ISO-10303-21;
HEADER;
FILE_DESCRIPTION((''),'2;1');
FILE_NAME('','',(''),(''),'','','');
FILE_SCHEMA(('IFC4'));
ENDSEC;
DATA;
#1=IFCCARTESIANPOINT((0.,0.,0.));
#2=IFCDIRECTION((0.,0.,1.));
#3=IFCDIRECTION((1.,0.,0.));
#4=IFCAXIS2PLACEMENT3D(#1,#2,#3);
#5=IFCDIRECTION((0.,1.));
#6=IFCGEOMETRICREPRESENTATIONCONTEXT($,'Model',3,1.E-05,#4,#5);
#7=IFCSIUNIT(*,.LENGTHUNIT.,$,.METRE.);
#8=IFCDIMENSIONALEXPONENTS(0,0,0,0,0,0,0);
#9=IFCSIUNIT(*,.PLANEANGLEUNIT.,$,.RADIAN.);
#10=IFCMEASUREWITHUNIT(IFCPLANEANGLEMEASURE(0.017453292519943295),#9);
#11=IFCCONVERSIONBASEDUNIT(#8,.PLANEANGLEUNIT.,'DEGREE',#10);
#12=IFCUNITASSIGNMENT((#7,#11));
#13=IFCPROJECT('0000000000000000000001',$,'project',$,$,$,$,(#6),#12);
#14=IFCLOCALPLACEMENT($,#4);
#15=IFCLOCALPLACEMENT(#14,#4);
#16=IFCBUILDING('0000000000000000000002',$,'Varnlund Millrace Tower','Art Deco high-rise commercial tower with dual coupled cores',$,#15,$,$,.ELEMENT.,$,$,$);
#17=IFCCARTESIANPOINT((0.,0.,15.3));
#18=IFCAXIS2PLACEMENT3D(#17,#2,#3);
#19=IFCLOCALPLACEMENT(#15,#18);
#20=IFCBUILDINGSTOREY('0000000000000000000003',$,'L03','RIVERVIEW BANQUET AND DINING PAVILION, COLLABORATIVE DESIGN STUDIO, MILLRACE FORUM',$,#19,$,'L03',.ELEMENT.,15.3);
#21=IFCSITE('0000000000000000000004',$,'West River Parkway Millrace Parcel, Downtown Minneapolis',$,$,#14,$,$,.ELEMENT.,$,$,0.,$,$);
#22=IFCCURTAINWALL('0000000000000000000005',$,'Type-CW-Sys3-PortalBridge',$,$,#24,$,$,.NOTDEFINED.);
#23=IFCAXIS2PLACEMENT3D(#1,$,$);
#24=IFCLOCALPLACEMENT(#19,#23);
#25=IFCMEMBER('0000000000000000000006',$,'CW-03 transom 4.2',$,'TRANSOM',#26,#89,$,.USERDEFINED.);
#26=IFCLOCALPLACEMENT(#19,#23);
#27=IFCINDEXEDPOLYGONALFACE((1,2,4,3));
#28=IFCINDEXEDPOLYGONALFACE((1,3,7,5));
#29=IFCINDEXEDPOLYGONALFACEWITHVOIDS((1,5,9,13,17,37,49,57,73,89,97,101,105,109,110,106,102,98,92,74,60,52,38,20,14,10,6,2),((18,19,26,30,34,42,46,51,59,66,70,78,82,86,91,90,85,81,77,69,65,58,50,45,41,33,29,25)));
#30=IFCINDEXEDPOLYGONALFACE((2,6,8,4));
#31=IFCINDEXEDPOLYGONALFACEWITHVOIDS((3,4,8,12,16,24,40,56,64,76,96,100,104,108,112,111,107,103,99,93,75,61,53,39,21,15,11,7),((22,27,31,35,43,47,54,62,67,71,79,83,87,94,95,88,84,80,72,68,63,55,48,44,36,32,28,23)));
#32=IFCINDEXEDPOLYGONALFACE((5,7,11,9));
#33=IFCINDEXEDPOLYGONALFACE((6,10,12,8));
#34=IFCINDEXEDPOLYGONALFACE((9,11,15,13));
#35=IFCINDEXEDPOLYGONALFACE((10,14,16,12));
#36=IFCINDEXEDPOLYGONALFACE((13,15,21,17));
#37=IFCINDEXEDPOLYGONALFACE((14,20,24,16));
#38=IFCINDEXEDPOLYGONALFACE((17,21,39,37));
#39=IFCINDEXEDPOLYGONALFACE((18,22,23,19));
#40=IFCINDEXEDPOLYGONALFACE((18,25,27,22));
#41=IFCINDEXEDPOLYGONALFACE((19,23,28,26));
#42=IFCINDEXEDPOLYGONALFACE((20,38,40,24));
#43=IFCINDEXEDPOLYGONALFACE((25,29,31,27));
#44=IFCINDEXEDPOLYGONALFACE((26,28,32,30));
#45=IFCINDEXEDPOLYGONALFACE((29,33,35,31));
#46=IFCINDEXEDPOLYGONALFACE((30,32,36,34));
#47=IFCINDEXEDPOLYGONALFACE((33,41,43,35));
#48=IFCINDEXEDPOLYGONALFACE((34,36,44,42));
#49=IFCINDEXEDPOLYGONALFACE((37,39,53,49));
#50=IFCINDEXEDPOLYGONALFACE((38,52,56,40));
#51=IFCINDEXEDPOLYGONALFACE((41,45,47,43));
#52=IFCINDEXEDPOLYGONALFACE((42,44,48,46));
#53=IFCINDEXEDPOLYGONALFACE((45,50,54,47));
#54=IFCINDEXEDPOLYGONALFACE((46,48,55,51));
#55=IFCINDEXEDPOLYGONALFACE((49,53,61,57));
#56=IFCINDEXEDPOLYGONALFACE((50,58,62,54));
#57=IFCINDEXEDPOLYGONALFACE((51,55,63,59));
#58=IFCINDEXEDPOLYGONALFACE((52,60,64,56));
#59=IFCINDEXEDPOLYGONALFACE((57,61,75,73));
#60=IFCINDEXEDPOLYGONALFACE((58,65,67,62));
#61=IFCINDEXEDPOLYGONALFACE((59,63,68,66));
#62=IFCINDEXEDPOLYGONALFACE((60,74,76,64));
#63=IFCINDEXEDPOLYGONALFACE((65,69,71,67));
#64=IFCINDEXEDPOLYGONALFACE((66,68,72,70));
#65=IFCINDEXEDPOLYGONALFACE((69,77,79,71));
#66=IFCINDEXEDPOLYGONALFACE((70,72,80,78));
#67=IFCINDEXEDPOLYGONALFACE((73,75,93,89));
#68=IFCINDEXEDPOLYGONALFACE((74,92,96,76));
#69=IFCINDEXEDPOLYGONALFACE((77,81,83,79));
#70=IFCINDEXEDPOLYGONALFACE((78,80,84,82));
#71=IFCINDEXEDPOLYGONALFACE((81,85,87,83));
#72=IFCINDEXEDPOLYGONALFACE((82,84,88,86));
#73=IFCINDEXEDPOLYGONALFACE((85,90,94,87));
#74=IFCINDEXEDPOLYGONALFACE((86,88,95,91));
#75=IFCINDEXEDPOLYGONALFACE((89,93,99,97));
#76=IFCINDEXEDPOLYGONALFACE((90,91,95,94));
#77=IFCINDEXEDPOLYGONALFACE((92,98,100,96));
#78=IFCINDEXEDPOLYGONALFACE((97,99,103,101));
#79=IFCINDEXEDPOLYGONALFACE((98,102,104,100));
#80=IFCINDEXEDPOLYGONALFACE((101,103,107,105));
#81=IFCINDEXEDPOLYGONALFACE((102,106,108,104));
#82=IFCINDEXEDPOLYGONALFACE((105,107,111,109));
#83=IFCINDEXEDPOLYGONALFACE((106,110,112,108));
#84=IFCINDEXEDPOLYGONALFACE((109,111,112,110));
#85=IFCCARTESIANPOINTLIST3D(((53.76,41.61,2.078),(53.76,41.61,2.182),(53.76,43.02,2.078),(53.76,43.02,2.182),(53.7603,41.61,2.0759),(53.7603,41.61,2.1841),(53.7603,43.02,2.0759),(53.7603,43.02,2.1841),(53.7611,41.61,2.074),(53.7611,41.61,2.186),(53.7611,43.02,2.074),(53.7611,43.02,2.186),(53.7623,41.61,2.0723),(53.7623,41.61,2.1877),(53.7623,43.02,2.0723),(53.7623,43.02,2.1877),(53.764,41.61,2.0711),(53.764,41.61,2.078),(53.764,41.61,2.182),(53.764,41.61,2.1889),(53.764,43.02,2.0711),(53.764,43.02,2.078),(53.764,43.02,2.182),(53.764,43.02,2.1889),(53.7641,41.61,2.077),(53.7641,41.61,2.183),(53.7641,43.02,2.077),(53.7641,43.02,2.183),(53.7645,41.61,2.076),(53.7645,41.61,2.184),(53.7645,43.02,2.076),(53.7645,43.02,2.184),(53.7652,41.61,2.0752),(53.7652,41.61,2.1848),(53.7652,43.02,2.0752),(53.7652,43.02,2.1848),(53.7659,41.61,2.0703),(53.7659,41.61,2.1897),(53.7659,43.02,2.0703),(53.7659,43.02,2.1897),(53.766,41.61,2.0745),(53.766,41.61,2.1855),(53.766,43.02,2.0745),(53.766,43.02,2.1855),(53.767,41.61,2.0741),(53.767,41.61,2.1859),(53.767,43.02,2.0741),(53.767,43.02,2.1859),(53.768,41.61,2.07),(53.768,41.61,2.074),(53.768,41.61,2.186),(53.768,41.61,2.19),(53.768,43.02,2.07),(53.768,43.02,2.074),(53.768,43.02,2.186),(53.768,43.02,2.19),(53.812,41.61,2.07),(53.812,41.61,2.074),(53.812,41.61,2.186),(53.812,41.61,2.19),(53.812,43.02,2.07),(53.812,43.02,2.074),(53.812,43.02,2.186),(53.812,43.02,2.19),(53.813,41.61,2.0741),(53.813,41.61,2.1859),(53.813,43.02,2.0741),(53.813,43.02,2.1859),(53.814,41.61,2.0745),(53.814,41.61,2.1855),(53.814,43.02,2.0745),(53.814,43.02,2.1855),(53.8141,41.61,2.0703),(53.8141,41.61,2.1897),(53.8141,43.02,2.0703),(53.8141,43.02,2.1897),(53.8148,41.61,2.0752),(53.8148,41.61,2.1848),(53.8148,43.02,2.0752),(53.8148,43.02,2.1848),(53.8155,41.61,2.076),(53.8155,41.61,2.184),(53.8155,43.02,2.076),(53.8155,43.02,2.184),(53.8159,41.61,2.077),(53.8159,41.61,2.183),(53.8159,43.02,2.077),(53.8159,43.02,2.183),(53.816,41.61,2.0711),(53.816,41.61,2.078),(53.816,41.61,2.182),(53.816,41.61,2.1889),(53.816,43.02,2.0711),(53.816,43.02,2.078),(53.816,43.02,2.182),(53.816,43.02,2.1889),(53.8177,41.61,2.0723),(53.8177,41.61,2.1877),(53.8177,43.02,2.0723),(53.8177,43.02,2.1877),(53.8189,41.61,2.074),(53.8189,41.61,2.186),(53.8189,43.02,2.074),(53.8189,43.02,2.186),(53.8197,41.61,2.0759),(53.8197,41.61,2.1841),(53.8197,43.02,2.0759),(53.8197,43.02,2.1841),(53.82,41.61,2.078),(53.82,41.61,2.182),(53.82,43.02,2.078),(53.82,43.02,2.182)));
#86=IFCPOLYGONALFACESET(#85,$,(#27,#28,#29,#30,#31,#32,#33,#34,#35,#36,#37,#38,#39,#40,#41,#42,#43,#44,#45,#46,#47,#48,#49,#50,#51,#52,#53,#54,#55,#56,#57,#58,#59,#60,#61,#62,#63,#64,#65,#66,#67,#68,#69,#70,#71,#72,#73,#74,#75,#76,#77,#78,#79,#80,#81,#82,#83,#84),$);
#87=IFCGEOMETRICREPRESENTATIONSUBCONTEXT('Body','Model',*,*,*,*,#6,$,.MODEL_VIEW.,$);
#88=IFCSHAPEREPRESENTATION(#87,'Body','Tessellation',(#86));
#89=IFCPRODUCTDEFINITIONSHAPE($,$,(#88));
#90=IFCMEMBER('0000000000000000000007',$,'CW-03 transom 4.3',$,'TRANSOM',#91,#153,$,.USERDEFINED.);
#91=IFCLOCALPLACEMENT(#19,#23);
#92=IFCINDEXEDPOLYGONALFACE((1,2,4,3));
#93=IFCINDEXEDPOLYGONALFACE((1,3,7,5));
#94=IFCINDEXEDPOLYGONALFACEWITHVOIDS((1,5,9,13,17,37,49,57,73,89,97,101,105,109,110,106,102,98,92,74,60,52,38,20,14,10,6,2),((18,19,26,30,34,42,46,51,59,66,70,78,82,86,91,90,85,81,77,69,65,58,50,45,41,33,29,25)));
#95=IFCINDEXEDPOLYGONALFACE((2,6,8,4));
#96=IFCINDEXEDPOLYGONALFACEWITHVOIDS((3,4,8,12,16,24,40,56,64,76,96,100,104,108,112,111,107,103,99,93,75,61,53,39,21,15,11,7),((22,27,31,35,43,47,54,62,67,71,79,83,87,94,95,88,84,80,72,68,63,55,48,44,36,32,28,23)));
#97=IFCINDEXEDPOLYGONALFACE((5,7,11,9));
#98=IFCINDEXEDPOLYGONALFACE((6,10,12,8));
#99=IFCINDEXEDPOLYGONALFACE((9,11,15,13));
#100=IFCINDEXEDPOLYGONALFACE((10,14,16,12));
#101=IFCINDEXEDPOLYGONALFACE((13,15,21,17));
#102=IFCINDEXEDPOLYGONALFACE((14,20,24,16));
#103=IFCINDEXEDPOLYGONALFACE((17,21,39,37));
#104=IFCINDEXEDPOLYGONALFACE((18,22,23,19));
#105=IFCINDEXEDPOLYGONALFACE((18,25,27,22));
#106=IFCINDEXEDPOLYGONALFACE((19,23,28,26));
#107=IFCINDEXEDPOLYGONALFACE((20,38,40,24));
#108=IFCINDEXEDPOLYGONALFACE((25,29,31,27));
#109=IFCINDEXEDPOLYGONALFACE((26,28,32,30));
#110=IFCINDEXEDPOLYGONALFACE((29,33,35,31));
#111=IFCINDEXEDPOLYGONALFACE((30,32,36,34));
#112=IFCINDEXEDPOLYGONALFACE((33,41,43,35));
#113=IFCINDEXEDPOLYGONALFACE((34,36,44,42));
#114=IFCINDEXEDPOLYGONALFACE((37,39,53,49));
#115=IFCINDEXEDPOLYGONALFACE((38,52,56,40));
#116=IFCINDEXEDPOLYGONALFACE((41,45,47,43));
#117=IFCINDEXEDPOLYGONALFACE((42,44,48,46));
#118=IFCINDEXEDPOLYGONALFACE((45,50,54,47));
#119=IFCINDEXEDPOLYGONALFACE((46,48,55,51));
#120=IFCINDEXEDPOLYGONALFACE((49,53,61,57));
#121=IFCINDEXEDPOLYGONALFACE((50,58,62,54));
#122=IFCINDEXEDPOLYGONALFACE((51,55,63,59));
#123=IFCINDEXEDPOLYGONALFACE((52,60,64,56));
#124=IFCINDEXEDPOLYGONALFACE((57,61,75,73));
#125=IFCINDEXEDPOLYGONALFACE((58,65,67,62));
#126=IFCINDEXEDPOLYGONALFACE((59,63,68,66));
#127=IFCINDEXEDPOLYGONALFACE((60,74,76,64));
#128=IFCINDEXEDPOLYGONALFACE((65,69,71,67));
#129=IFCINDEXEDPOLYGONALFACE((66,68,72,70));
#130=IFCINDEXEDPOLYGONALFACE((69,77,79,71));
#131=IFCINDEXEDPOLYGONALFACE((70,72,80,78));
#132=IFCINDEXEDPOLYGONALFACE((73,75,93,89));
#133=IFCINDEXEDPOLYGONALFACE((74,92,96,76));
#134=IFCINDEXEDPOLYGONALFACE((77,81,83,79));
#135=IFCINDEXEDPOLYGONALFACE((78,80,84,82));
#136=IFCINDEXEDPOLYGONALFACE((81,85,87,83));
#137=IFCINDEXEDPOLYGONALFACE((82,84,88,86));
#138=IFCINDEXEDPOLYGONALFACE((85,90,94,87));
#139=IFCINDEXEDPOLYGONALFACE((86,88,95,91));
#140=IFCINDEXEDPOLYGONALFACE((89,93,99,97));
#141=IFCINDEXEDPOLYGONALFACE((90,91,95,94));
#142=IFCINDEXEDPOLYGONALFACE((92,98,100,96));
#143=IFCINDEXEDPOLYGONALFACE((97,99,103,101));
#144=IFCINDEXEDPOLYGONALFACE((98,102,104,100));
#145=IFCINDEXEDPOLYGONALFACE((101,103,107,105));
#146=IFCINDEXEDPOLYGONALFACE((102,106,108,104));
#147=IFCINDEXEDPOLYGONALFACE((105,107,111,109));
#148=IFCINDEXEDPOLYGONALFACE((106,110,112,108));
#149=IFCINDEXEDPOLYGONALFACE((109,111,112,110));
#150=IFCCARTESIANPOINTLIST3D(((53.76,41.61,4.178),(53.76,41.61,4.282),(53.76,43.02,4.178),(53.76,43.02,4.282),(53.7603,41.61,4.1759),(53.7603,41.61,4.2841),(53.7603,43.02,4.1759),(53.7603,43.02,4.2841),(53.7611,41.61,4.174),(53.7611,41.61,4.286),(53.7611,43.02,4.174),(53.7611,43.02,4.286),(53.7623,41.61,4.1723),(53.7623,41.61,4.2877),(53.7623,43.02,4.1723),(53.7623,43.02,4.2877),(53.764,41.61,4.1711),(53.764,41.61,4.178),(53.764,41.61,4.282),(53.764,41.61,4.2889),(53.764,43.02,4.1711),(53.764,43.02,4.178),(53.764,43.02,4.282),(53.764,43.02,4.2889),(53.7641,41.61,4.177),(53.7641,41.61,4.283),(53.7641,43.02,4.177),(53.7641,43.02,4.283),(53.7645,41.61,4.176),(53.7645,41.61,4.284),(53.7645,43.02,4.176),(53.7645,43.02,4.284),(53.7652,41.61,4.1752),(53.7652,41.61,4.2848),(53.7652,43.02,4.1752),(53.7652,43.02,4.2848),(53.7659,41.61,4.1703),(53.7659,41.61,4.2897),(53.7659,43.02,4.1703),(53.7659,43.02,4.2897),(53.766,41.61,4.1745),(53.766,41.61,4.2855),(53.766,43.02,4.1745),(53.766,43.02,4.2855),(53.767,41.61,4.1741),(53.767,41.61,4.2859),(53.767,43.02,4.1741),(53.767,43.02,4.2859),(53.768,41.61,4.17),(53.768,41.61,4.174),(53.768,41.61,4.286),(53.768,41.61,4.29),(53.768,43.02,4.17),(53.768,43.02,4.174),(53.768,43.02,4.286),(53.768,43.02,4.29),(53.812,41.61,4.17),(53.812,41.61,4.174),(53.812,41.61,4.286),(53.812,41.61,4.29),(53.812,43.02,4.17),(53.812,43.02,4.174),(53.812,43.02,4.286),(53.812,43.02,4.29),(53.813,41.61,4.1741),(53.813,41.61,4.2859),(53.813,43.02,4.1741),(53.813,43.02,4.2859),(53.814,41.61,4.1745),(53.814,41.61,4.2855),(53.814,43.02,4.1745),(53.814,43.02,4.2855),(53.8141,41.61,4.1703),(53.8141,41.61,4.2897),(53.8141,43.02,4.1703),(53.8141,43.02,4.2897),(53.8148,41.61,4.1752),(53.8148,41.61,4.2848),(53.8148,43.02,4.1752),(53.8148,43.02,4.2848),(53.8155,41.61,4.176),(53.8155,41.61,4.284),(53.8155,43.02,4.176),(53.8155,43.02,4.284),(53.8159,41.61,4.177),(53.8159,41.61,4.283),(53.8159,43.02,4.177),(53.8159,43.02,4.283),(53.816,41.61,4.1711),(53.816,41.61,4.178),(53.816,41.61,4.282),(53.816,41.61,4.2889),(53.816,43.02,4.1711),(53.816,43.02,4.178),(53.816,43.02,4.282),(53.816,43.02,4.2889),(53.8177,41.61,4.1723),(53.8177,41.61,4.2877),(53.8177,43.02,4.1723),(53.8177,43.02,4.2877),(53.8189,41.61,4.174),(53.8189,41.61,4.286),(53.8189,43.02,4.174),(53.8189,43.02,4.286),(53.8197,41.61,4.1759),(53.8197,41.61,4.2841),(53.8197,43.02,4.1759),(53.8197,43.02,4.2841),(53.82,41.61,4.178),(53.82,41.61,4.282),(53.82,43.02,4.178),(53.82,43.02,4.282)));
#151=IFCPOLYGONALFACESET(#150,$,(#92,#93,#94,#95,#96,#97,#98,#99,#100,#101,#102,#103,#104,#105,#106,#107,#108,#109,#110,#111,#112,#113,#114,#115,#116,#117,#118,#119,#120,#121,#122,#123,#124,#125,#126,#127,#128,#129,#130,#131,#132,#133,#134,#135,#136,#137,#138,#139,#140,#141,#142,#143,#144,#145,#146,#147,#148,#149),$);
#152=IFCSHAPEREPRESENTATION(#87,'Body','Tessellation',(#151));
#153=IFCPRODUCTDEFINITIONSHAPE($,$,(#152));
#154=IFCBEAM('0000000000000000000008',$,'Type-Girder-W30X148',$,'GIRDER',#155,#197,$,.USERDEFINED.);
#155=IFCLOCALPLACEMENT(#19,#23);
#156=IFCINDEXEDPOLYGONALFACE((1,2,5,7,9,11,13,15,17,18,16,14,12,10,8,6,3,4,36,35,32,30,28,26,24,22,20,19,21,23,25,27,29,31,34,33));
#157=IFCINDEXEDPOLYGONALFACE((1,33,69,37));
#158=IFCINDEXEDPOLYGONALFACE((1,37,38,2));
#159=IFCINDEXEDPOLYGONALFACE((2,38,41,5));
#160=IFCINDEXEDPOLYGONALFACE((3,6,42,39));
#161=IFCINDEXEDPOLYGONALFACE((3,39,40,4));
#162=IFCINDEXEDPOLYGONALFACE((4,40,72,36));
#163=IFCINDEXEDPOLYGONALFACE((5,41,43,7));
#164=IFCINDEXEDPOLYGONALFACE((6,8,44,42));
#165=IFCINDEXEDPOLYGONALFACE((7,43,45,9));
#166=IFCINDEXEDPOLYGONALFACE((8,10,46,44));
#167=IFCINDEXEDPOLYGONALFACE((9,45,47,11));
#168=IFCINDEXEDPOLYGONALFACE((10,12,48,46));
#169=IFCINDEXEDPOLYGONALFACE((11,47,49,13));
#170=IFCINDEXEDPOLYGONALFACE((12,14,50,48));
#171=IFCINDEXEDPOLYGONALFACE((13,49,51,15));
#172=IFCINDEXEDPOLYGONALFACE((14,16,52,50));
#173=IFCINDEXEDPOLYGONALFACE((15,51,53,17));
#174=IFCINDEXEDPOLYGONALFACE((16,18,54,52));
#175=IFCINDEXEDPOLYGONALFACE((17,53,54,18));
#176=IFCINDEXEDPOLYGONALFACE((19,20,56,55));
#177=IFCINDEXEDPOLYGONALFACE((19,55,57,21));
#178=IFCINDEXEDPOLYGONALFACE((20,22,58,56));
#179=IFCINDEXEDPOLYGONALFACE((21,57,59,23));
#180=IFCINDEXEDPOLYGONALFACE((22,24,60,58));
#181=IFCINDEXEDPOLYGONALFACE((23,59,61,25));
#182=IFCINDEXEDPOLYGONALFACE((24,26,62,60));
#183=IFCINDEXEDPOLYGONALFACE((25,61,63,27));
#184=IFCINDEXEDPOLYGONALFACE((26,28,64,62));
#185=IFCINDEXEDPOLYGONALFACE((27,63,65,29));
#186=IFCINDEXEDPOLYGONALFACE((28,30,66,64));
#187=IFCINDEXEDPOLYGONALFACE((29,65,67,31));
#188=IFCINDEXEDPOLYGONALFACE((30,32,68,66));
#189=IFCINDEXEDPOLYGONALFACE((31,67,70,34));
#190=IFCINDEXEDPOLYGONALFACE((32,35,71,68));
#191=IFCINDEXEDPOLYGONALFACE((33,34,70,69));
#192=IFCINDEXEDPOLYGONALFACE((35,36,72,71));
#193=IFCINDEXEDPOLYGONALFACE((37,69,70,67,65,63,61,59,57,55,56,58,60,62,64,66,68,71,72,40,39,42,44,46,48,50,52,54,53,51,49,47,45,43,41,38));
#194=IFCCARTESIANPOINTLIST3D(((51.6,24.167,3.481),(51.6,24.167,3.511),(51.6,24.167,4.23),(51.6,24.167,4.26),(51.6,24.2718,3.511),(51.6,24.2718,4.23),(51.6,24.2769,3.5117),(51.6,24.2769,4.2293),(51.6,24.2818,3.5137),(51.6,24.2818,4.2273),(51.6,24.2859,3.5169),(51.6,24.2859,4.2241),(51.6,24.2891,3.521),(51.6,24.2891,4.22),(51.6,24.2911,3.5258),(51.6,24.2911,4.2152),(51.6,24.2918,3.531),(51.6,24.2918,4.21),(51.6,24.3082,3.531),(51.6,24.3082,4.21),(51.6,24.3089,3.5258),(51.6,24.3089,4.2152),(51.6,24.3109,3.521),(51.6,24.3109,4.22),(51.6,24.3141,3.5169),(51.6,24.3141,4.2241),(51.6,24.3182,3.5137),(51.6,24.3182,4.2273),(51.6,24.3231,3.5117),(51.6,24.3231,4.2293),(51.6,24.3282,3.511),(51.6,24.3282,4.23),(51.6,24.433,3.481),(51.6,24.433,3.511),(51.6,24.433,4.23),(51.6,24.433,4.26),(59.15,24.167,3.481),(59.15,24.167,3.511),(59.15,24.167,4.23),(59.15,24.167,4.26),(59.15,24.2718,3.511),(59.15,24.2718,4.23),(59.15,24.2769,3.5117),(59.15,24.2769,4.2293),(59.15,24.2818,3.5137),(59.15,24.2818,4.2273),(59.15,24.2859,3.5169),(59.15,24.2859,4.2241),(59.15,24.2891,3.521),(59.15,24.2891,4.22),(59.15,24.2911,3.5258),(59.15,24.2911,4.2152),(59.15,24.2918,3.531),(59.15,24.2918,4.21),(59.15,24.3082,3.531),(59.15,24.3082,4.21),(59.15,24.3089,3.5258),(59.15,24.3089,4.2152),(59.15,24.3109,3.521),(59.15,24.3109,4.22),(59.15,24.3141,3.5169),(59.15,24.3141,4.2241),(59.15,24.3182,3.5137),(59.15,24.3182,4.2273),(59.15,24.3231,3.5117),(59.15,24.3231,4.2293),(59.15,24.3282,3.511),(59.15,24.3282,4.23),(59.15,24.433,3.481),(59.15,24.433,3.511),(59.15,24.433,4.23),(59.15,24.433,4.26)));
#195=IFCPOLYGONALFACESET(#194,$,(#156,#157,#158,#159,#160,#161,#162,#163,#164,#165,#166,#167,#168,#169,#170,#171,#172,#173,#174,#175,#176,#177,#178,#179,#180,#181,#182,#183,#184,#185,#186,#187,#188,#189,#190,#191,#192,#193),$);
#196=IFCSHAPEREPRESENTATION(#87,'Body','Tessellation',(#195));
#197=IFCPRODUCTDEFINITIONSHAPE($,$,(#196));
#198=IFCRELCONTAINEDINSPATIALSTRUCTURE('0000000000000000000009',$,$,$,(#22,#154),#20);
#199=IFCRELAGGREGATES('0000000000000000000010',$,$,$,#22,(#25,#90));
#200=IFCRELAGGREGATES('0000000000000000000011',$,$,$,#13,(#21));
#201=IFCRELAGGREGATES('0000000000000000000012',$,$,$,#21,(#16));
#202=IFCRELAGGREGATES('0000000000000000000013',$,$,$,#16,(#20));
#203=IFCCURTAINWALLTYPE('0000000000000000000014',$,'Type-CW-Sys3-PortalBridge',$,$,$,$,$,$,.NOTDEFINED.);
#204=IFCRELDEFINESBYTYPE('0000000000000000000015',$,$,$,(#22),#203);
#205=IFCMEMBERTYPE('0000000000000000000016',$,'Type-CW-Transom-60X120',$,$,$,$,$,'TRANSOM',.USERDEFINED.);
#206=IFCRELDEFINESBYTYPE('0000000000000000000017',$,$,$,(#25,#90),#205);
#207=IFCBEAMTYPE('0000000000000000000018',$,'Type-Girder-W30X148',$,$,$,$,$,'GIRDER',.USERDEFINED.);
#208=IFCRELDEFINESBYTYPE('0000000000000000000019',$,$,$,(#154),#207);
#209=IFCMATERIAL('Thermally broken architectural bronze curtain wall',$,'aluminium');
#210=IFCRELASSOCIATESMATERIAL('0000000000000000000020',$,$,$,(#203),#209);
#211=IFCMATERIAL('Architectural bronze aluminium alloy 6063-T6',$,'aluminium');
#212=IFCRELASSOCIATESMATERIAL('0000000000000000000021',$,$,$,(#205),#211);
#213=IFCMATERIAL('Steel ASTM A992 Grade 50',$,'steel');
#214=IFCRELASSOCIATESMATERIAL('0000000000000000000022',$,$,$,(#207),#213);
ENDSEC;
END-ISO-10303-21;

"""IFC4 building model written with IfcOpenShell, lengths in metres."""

from ifc_helpers import new_model, entity, si_unit, converted_unit, direction, frame, origin_with_axes, origin_2d_with_axis, place, context, subcontext, project, spatial, hollow_rectangle, i_section, extrude, material, material_profile, profile_set, type_object, element, aggregate, save


model = new_model("IFC4")

# Units and contexts
model_context = context("Model", 3, precision=1e-05, world=origin_with_axes(), true_north=direction((0.0, 1.0)))
body_context = subcontext(model_context, "Body", "Model", "MODEL_VIEW")
ifc_project = project(units=[si_unit("LENGTHUNIT", "METRE"), converted_unit("PLANEANGLEUNIT", "DEGREE", entity("IfcPlaneAngleMeasure", 0.017453292519943295), si_unit("PLANEANGLEUNIT", "RADIAN"), dimensions=[0, 0, 0, 0, 0, 0, 0])], contexts=[model_context])

# Site, building, storey
site_placement = place(None, origin_with_axes())
site = spatial("IfcSite", under=ifc_project, at=site_placement, Name="West River Parkway Millrace Parcel, Downtown Minneapolis", CompositionType="ELEMENT", RefElevation=0.0)
building_placement = place(site_placement, origin_with_axes())
building = spatial("IfcBuilding", under=site, at=building_placement, Name="Varnlund Millrace Tower", Description="Art Deco high-rise commercial tower with dual coupled cores", CompositionType="ELEMENT")
storey_placement = place(building_placement, frame((0.0, 0.0, 15.3), z_axis=(0.0, 0.0, 1.0), x_axis=(1.0, 0.0, 0.0)))
storey = spatial("IfcBuildingStorey", under=building, at=storey_placement, Name="L03", Description="RIVERVIEW BANQUET AND DINING PAVILION, COLLABORATIVE DESIGN STUDIO, MILLRACE FORUM", LongName="L03", CompositionType="ELEMENT", Elevation=15.3)

# Curtain wall, members
ifc_material_1 = material(Name="Thermally broken architectural bronze curtain wall", Category="aluminium")
curtain_wall_type = type_object("IfcCurtainWallType", Name="Type-CW-Sys3-PortalBridge", PredefinedType="NOTDEFINED", material=ifc_material_1)
curtain_wall_placement = place(storey_placement, frame((53.79, 47.55, 0.0), z_axis=(0.0, 0.0, 1.0), x_axis=(1.0, 0.0, 0.0)))
curtain_wall = element("IfcCurtainWall", 1, at=curtain_wall_placement, inside=storey, type_object=curtain_wall_type, Name="Type-CW-Sys3-PortalBridge", PredefinedType="NOTDEFINED")
ifc_material_2 = material(Name="Architectural bronze aluminium alloy 6063-T6", Category="aluminium")
ifc_material_profile_1 = material_profile(ifc_material_2, hollow_rectangle(XDim=0.06, YDim=0.12, WallThickness=0.004, InnerFilletRadius=0.004, OuterFilletRadius=0.008, at=origin_2d_with_axis()), Name="Architectural bronze aluminium alloy 6063-T6")
ifc_profile_set_1 = profile_set([ifc_material_profile_1], Name="Architectural bronze aluminium alloy 6063-T6")
member_type_1 = type_object("IfcMemberType", Name="Type-CW-Transom-60X120", ElementType="TRANSOM", PredefinedType="USERDEFINED", material=ifc_profile_set_1)
member_1_placement = place(storey_placement, frame((53.79, 43.02, 2.13), z_axis=(0.0, -1.0, 0.0), x_axis=(1.0, 0.0, 0.0)))
member_1 = element("IfcMember", 2, at=member_1_placement, type_object=member_type_1, Name="CW-03 transom 4.2", ObjectType="TRANSOM", PredefinedType="USERDEFINED", context=body_context, shape_type="SweptSolid", body=[
    extrude(hollow_rectangle(XDim=0.06, YDim=0.12, WallThickness=0.004, InnerFilletRadius=0.004, OuterFilletRadius=0.008, at=origin_2d_with_axis()), origin_with_axes(), (0.0, 0.0, 1.0), 1.41),
])
member_2_placement = place(storey_placement, frame((53.79, 43.02, 4.23), z_axis=(0.0, -1.0, 0.0), x_axis=(1.0, 0.0, 0.0)))
member_2 = element("IfcMember", 3, at=member_2_placement, type_object=member_type_1, Name="CW-03 transom 4.3", ObjectType="TRANSOM", PredefinedType="USERDEFINED", context=body_context, shape_type="SweptSolid", body=[
    extrude(hollow_rectangle(XDim=0.06, YDim=0.12, WallThickness=0.004, InnerFilletRadius=0.004, OuterFilletRadius=0.008, at=origin_2d_with_axis()), origin_with_axes(), (0.0, 0.0, 1.0), 1.41),
])

# Beam
ifc_material_3 = material(Name="Steel ASTM A992 Grade 50", Category="steel")
ifc_material_profile_2 = material_profile(ifc_material_3, i_section(OverallWidth=0.266, OverallDepth=0.779, WebThickness=0.0165, FlangeThickness=0.03, FilletRadius=0.02, at=origin_2d_with_axis()), Name="Steel ASTM A992 Grade 50")
ifc_profile_set_2 = profile_set([ifc_material_profile_2], Name="Steel ASTM A992 Grade 50")
beam_type = type_object("IfcBeamType", Name="Type-Girder-W30X148", ElementType="GIRDER", PredefinedType="USERDEFINED", material=ifc_profile_set_2)
beam_1_placement = place(storey_placement, frame((51.6, 24.3, 3.8705), z_axis=(1.0, 0.0, 0.0), x_axis=(0.0, 1.0, 0.0)))
element("IfcBeam", 4, at=beam_1_placement, inside=storey, type_object=beam_type, Name="Type-Girder-W30X148", ObjectType="GIRDER", PredefinedType="USERDEFINED", context=body_context, shape_type="SweptSolid", body=[
    extrude(i_section(OverallWidth=0.266, OverallDepth=0.779, WebThickness=0.0165, FlangeThickness=0.03, FilletRadius=0.02, at=origin_2d_with_axis()), origin_with_axes(), (0.0, 0.0, 1.0), 7.55),
])

aggregate(curtain_wall, [member_1, member_2])

save(model, "model.ifc")
